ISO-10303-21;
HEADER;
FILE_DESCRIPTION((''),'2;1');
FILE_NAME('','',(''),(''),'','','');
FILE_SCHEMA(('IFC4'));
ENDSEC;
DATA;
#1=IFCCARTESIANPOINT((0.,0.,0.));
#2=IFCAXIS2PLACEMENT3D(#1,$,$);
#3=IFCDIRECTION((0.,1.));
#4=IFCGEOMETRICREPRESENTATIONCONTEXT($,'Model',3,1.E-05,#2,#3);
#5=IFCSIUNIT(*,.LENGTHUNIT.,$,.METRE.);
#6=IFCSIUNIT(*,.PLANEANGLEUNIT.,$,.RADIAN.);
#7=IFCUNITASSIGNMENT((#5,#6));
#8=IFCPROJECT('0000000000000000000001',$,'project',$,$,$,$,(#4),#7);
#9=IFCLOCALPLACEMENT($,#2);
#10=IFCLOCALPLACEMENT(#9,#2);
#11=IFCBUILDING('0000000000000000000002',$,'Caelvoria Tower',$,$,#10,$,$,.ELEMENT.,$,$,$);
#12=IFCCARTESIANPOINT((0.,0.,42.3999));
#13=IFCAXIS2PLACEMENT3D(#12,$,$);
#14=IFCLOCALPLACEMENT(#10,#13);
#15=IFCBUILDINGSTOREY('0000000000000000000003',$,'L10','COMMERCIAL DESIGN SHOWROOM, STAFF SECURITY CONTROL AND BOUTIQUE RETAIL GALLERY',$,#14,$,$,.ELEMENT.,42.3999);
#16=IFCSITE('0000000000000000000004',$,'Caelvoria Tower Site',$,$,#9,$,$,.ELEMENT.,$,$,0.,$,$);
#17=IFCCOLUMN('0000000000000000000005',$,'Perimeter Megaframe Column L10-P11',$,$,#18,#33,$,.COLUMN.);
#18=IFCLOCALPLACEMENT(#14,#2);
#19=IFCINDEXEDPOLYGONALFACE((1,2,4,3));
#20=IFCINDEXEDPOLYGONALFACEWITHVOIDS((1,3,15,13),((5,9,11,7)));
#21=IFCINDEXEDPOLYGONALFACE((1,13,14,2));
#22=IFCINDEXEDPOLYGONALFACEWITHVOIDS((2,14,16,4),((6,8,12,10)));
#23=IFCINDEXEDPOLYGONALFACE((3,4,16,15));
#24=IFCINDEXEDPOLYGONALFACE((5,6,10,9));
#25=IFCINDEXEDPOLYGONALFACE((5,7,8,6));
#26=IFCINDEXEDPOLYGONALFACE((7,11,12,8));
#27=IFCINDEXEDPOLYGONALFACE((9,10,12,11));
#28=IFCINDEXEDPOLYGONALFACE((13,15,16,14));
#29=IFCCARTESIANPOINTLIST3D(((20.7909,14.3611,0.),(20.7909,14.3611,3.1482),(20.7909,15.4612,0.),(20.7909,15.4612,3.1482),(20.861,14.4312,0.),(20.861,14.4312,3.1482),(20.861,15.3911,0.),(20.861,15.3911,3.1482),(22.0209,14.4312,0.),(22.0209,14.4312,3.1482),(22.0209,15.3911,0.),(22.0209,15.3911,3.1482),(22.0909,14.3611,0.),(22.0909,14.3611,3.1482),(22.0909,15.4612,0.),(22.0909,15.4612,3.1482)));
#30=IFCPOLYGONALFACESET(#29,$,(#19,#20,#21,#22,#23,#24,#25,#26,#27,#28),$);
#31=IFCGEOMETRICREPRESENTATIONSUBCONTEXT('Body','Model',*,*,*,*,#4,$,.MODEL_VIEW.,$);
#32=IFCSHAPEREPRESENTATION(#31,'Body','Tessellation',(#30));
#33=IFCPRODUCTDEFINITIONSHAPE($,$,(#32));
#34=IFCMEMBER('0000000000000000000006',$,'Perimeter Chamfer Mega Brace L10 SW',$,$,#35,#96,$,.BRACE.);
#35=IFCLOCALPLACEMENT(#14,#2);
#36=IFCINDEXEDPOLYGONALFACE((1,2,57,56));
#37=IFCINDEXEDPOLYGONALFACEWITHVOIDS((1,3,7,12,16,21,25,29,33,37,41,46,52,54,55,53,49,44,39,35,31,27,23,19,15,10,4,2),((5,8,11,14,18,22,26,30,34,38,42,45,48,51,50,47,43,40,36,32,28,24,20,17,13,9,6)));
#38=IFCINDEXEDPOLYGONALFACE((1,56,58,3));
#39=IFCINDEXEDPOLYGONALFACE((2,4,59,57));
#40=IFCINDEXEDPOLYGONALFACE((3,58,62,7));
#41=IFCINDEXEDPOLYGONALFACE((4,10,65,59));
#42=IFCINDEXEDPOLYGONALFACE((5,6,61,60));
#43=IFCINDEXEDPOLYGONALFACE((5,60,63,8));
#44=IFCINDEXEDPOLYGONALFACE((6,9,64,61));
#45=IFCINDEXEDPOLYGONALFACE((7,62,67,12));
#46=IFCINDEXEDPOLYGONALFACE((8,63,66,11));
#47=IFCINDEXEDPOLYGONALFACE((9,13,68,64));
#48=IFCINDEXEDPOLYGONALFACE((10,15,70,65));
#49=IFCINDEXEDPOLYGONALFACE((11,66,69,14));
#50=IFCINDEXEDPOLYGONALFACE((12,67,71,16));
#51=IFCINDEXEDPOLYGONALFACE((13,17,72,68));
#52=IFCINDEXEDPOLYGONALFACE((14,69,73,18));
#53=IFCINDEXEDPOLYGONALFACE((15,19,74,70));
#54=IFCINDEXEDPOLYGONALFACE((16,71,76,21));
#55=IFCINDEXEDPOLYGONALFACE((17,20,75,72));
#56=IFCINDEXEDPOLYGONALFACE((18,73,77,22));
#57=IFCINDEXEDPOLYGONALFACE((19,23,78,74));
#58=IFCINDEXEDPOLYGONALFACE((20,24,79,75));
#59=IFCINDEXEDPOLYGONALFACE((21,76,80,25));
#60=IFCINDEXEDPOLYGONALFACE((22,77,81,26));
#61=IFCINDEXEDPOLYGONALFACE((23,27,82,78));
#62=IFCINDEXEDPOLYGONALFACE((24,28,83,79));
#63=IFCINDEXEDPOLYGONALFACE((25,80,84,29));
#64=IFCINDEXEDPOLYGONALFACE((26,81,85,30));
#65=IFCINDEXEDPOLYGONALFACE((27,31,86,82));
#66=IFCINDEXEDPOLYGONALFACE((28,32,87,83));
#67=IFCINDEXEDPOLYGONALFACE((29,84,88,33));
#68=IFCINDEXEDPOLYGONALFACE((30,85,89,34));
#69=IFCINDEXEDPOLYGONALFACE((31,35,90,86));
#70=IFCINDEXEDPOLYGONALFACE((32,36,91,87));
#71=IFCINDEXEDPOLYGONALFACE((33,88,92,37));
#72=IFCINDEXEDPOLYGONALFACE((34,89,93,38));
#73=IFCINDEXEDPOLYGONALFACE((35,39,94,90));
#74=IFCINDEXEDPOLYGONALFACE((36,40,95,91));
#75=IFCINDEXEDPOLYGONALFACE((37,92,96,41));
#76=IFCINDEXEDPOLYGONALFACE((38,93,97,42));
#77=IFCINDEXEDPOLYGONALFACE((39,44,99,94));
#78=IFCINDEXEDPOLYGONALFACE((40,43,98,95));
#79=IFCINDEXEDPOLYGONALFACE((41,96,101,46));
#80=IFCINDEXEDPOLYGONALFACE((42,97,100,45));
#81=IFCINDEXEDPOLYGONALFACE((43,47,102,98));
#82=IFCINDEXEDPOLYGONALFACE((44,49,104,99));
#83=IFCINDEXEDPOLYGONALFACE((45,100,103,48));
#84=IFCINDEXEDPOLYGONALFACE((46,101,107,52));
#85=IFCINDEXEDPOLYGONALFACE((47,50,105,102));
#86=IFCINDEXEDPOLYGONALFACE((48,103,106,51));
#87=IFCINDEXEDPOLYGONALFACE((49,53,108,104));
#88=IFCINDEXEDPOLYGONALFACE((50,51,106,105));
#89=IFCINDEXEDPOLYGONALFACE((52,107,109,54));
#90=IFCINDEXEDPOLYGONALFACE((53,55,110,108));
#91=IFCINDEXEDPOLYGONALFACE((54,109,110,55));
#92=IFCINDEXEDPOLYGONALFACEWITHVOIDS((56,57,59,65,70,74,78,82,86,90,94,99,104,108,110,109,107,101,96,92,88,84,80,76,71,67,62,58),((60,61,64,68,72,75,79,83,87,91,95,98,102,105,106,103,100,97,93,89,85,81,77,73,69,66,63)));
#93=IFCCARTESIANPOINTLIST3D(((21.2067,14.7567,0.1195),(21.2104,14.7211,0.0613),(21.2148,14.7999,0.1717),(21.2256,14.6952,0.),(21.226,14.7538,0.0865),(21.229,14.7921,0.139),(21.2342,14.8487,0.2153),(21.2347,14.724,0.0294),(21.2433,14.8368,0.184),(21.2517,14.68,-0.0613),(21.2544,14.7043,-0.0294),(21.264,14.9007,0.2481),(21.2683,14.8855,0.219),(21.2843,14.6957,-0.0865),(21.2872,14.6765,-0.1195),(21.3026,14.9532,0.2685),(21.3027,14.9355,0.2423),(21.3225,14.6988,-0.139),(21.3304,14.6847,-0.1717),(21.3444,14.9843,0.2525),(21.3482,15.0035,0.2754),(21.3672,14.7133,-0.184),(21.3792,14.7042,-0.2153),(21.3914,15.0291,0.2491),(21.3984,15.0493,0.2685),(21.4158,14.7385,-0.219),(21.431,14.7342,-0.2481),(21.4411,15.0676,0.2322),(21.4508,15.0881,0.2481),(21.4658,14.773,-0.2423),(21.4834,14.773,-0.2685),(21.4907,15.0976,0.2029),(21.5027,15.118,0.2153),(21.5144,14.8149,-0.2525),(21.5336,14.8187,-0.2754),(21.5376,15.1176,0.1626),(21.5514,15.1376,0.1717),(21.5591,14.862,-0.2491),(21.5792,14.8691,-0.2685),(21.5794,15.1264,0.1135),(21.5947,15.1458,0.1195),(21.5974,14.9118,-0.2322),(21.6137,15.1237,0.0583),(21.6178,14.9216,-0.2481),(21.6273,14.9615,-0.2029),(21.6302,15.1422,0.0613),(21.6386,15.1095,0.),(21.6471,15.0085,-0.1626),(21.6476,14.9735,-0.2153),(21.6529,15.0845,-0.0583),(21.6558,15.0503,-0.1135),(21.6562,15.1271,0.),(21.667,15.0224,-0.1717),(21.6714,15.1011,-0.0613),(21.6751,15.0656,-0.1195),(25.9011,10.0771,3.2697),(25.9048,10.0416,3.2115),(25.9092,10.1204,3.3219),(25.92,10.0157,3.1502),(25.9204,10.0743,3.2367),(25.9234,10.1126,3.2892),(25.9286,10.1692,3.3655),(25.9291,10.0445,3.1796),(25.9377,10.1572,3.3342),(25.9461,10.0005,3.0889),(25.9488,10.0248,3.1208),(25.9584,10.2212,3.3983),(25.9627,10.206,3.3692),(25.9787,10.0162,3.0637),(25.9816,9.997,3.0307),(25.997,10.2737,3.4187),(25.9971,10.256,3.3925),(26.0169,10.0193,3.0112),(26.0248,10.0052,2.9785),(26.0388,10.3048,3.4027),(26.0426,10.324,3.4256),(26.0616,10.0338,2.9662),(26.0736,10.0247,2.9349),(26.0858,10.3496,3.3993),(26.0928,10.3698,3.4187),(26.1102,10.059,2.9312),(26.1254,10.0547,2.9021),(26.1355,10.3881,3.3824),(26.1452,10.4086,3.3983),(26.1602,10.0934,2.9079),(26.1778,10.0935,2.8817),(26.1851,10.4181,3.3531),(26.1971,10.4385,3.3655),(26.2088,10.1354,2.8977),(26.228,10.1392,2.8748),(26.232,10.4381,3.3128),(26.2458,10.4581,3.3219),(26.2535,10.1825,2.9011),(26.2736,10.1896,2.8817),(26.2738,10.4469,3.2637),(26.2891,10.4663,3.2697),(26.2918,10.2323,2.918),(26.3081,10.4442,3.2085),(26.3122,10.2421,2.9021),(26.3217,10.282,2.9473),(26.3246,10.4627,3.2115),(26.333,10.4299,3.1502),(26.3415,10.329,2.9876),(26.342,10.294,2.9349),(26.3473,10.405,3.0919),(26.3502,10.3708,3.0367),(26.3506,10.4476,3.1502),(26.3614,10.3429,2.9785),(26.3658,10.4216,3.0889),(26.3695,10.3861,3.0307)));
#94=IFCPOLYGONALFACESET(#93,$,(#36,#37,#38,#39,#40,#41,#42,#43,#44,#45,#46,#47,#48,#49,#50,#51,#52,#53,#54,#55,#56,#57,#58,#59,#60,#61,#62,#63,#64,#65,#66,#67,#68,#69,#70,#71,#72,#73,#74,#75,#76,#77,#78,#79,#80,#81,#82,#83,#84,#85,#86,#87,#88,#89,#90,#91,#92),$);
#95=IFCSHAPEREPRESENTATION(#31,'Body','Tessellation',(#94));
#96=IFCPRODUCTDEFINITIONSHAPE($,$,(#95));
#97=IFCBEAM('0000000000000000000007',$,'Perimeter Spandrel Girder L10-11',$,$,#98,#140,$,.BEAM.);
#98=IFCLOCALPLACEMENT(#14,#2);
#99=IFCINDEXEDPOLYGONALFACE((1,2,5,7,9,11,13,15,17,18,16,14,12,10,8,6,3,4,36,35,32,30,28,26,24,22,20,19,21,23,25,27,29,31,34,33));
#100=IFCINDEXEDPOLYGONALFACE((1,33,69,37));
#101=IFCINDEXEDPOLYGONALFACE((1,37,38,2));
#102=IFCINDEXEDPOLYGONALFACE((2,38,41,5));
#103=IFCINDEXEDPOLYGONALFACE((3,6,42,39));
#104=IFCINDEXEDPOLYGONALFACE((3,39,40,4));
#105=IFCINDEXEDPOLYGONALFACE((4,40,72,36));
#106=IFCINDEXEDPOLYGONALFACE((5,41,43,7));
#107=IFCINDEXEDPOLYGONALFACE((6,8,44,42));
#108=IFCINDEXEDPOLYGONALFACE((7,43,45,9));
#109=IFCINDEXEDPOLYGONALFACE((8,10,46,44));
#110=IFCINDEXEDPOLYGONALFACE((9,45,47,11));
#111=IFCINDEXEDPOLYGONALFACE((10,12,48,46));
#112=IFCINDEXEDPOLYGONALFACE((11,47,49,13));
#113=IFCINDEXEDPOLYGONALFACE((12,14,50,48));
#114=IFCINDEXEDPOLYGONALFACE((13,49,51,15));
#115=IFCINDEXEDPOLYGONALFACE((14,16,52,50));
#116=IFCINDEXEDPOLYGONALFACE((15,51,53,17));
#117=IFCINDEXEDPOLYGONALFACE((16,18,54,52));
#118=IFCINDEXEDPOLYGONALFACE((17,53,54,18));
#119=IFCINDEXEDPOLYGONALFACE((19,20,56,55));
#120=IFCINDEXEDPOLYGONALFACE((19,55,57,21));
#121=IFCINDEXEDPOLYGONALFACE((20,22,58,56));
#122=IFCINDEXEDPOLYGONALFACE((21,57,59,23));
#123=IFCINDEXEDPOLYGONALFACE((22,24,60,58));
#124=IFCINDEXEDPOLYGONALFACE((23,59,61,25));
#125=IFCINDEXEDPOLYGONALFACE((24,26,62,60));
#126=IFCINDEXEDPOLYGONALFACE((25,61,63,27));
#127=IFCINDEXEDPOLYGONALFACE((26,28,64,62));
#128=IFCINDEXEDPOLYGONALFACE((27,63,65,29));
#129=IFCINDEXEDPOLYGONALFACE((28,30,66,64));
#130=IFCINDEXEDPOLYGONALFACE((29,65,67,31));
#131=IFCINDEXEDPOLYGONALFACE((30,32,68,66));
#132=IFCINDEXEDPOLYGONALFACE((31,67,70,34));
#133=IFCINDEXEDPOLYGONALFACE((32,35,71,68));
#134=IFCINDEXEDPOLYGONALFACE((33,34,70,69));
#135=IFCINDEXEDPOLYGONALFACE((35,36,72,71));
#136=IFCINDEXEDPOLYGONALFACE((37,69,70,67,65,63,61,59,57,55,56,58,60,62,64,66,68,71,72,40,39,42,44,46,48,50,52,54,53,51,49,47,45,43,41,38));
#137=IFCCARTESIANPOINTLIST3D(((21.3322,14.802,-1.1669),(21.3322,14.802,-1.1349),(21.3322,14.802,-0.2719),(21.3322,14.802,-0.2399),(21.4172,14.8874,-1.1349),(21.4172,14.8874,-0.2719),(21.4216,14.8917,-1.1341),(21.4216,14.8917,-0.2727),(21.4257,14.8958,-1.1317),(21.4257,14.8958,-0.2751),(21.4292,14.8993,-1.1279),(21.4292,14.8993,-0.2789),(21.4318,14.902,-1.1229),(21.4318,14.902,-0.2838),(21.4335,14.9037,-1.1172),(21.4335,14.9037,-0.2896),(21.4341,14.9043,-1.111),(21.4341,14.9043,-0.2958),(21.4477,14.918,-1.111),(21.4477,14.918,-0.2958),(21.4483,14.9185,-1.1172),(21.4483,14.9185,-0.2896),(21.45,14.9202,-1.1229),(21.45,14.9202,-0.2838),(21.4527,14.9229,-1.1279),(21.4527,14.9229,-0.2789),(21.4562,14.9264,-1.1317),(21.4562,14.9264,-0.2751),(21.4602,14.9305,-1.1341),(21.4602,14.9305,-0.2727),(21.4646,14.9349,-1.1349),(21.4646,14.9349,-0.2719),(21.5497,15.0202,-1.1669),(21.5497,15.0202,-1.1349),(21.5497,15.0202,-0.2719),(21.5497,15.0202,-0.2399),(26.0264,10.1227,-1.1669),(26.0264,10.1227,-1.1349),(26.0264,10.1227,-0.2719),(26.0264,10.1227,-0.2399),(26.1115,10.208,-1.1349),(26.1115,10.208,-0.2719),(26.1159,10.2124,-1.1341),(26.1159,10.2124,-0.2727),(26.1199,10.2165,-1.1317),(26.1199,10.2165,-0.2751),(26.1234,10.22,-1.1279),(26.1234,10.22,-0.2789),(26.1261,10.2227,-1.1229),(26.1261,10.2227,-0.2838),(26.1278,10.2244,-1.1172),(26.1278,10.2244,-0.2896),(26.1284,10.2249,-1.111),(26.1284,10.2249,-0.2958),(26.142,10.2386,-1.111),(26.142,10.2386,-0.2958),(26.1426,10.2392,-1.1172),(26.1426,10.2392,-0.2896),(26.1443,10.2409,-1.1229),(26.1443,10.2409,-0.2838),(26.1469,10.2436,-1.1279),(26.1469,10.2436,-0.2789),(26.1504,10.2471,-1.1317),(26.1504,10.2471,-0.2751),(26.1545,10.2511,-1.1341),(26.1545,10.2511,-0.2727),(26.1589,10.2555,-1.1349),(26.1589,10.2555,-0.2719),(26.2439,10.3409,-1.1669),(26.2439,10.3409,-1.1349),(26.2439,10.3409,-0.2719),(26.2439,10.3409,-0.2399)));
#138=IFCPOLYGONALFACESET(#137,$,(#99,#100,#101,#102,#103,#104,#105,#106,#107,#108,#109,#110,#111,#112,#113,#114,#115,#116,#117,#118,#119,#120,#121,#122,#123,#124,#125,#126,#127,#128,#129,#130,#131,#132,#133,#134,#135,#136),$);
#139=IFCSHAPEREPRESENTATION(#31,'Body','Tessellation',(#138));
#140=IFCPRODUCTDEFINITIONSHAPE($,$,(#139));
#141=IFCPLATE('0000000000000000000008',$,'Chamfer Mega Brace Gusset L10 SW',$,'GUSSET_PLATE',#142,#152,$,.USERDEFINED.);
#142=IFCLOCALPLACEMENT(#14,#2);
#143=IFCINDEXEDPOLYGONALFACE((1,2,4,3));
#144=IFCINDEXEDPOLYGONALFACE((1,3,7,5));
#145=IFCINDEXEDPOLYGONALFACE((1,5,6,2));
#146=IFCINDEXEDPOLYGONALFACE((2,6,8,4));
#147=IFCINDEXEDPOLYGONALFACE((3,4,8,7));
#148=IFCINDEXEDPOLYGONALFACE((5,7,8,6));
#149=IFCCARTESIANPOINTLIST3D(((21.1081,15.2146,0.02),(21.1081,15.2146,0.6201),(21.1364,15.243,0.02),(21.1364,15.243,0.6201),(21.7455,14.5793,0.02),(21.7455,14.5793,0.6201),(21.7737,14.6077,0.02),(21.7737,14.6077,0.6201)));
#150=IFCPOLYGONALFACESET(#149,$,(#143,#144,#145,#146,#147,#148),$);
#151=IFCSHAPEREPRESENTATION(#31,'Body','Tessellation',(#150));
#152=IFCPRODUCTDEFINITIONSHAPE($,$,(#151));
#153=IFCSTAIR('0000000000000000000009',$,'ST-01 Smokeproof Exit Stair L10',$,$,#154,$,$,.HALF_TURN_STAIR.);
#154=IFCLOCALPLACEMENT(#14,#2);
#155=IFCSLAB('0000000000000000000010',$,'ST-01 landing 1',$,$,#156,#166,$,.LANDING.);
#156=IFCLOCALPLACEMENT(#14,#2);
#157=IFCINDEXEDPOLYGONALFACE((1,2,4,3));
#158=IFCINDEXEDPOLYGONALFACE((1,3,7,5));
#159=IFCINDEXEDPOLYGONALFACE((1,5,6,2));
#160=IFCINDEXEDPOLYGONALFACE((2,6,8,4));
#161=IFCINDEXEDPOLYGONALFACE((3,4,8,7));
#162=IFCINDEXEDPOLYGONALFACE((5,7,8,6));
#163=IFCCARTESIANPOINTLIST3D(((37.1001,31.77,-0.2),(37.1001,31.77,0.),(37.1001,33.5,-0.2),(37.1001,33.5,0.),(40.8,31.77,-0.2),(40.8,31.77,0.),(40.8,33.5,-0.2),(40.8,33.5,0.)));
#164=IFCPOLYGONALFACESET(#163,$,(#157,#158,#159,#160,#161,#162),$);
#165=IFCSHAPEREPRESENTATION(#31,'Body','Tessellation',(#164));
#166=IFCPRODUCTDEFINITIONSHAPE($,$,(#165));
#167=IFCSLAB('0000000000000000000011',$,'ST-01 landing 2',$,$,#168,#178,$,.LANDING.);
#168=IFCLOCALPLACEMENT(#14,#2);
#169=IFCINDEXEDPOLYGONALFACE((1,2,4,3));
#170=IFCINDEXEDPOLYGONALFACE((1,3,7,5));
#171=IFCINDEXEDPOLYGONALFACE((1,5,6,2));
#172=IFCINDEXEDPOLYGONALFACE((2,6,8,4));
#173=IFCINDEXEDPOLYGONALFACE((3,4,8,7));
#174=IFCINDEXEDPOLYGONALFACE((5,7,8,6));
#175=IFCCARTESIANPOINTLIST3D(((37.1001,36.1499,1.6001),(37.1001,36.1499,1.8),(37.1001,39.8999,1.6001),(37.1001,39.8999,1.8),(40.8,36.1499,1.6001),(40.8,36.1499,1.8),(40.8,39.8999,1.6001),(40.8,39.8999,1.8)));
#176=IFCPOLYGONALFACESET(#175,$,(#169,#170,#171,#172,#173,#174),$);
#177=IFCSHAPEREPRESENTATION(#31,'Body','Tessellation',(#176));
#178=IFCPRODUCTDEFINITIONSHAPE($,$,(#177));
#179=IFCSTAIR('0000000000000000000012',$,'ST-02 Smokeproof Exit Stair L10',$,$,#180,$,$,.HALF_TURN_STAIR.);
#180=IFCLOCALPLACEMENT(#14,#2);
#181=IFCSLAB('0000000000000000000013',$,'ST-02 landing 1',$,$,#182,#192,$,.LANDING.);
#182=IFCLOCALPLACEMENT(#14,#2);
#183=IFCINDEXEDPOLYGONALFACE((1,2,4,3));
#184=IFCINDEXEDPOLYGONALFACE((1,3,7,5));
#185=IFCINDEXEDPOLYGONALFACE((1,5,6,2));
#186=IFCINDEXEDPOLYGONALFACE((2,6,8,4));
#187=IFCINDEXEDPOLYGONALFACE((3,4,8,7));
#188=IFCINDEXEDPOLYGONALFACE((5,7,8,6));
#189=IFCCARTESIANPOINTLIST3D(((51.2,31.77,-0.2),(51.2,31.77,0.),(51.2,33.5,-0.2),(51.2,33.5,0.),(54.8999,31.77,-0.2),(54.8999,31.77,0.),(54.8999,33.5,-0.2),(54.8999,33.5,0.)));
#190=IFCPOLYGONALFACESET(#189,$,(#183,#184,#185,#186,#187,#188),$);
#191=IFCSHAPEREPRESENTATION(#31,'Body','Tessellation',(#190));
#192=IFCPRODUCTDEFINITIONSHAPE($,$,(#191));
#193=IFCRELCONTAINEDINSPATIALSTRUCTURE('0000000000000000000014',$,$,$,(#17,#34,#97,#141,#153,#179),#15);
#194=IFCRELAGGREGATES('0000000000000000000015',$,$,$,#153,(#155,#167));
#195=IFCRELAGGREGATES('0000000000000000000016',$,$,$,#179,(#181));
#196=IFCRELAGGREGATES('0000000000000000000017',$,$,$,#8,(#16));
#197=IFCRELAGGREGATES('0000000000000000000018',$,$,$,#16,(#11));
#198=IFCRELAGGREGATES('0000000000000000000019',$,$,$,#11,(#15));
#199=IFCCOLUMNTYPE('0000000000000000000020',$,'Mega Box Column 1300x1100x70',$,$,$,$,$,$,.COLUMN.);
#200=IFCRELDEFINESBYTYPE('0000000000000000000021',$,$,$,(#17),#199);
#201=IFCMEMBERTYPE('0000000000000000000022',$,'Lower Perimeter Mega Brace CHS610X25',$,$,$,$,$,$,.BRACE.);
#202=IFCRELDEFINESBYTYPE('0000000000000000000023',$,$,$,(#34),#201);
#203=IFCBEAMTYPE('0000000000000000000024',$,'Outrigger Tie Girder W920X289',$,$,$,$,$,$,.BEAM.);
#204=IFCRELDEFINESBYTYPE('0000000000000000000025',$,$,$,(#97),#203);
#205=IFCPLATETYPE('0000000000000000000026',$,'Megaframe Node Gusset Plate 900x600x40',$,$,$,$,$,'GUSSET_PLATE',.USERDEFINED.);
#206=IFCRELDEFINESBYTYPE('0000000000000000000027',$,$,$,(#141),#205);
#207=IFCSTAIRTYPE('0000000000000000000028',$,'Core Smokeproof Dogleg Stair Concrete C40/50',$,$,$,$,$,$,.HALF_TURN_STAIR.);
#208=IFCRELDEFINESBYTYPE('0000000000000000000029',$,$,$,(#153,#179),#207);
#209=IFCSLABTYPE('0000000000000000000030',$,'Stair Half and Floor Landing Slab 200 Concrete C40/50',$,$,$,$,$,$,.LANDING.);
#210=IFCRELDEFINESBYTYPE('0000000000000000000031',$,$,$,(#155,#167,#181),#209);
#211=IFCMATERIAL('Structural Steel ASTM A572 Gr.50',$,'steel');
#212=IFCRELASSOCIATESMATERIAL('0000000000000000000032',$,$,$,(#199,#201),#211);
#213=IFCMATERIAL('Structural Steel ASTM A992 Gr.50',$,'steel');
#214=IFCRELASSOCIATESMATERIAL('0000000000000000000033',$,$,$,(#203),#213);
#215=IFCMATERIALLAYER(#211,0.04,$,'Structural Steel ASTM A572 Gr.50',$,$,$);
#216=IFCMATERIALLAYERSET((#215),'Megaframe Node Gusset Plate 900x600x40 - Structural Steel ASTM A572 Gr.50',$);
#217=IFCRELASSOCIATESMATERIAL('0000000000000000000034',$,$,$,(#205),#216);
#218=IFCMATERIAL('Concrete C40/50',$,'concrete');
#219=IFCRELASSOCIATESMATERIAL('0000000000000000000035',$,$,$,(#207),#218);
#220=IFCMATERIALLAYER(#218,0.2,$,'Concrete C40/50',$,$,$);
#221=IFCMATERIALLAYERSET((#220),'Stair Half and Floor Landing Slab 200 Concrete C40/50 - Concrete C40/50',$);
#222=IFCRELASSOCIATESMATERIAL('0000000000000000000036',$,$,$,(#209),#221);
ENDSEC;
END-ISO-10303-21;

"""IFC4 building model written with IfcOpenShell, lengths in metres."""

from ifc_helpers import new_model, si_unit, direction, frame, origin, origin_2d, place, context, subcontext, project, spatial, polyline, rectangle, hollow_rectangle, hollow_circle, i_section, outline, extrude, material, layer, layer_set, material_profile, profile_set, type_object, element, aggregate, save


model = new_model("IFC4")

# Units and contexts
model_context = context("Model", 3, precision=1e-05, world=origin(), true_north=direction((0.0, 1.0)))
body_context = subcontext(model_context, "Body", "Model", "MODEL_VIEW")
ifc_project = project(units=[si_unit("LENGTHUNIT", "METRE"), si_unit("PLANEANGLEUNIT", "RADIAN")], contexts=[model_context])

# Site, building, storey
site_placement = place(None, origin())
site = spatial("IfcSite", under=ifc_project, at=site_placement, Name="Caelvoria Tower Site", CompositionType="ELEMENT", RefElevation=0.0)
building_placement = place(site_placement, origin())
building = spatial("IfcBuilding", under=site, at=building_placement, Name="Caelvoria Tower", CompositionType="ELEMENT")
storey_placement = place(building_placement, frame((0.0, 0.0, 42.3999)))
storey = spatial("IfcBuildingStorey", under=building, at=storey_placement, Name="L10", Description="COMMERCIAL DESIGN SHOWROOM, STAFF SECURITY CONTROL AND BOUTIQUE RETAIL GALLERY", CompositionType="ELEMENT", Elevation=42.3999)

# Column
ifc_material_1 = material(Name="Structural Steel ASTM A572 Gr.50", Category="steel")
ifc_material_profile_1 = material_profile(ifc_material_1, hollow_rectangle(XDim=1.1001, YDim=1.3, WallThickness=0.0701, at=origin_2d()), Name="Structural Steel ASTM A572 Gr.50")
ifc_profile_set_1 = profile_set([ifc_material_profile_1], Name="BOX1300X1100X70 - Structural Steel ASTM A572 Gr.50")
column_type = type_object("IfcColumnType", Name="Mega Box Column 1300x1100x70", PredefinedType="COLUMN", material=ifc_profile_set_1)
column_placement = place(storey_placement, frame((21.4409, 14.9111, 0.0), z_axis=(0.0, 0.0, 1.0), x_axis=(0.0, 1.0, 0.0)))
element("IfcColumn", 1, at=column_placement, inside=storey, type_object=column_type, Name="Perimeter Megaframe Column L10-P11", PredefinedType="COLUMN", context=body_context, shape_type="SweptSolid", body=[
    extrude(hollow_rectangle(XDim=1.1001, YDim=1.3, WallThickness=0.0701, at=origin_2d()), origin(), (0.0, 0.0, 1.0), 3.1482),
])

# Member
ifc_material_profile_2 = material_profile(ifc_material_1, hollow_circle(Radius=0.3049, WallThickness=0.0249, at=origin_2d()), Name="Structural Steel ASTM A572 Gr.50")
ifc_profile_set_2 = profile_set([ifc_material_profile_2], Name="CHS610X25 - Structural Steel ASTM A572 Gr.50")
member_type = type_object("IfcMemberType", Name="Lower Perimeter Mega Brace CHS610X25", PredefinedType="BRACE", material=ifc_profile_set_2)
member_placement = place(storey_placement, frame((21.4409, 14.9111, 0.0), z_axis=(0.639663, -0.637634, 0.429248), x_axis=(0.705982, 0.708229, 0.0)))
element("IfcMember", 2, at=member_placement, inside=storey, type_object=member_type, Name="Perimeter Chamfer Mega Brace L10 SW", PredefinedType="BRACE", context=body_context, shape_type="SweptSolid", body=[
    extrude(hollow_circle(Radius=0.3049, WallThickness=0.0249, at=origin_2d()), origin(), (0.0, 0.0, 1.0), 7.3389),
])

# Beam
ifc_material_2 = material(Name="Structural Steel ASTM A992 Gr.50", Category="steel")
ifc_material_profile_3 = material_profile(ifc_material_2, i_section(OverallWidth=0.3081, OverallDepth=0.927, WebThickness=0.0193, FlangeThickness=0.032, FilletRadius=0.0239, at=origin_2d()), Name="Structural Steel ASTM A992 Gr.50")
ifc_profile_set_3 = profile_set([ifc_material_profile_3], Name="W920X289 - Structural Steel ASTM A992 Gr.50")
beam_type = type_object("IfcBeamType", Name="Outrigger Tie Girder W920X289", PredefinedType="BEAM", material=ifc_profile_set_3)
beam_placement = place(storey_placement, frame((21.4409, 14.9111, -0.7034), z_axis=(0.708229, -0.705982, 0.0), x_axis=(0.705982, 0.708229, 0.0)))
element("IfcBeam", 3, at=beam_placement, inside=storey, type_object=beam_type, Name="Perimeter Spandrel Girder L10-11", PredefinedType="BEAM", context=body_context, shape_type="SweptSolid", body=[
    extrude(i_section(OverallWidth=0.3081, OverallDepth=0.927, WebThickness=0.0193, FlangeThickness=0.032, FilletRadius=0.0239, at=origin_2d()), origin(), (0.0, 0.0, 1.0), 6.6282),
])

# Plate
ifc_layer_1 = layer(ifc_material_1, 0.04, Name="Structural Steel ASTM A572 Gr.50")
ifc_layer_set_1 = layer_set([ifc_layer_1], Name="Megaframe Node Gusset Plate 900x600x40 - Structural Steel ASTM A572 Gr.50")
plate_type = type_object("IfcPlateType", Name="Megaframe Node Gusset Plate 900x600x40", ElementType="GUSSET_PLATE", PredefinedType="USERDEFINED", material=ifc_layer_set_1)
plate_placement = place(storey_placement, frame((21.4409, 14.9111, 0.02), z_axis=(0.0, 0.0, 1.0), x_axis=(0.70823, -0.705982, 0.0)))
element("IfcPlate", 4, at=plate_placement, inside=storey, type_object=plate_type, Name="Chamfer Mega Brace Gusset L10 SW", ObjectType="GUSSET_PLATE", PredefinedType="USERDEFINED", context=body_context, shape_type="SweptSolid", body=[
    extrude(rectangle(XDim=0.8999, YDim=0.04, at=origin_2d()), origin(), (0.0, 0.0, 1.0), 0.6001),
])

# Stairs, slabs
ifc_material_3 = material(Name="Concrete C40/50", Category="concrete")
stair_type = type_object("IfcStairType", Name="Core Smokeproof Dogleg Stair Concrete C40/50", PredefinedType="HALF_TURN_STAIR", material=ifc_material_3)
stair_1_placement = place(storey_placement, origin())
stair_1 = element("IfcStair", 5, at=stair_1_placement, inside=storey, type_object=stair_type, Name="ST-01 Smokeproof Exit Stair L10", PredefinedType="HALF_TURN_STAIR")
ifc_layer_2 = layer(ifc_material_3, 0.2, Name="Concrete C40/50")
ifc_layer_set_2 = layer_set([ifc_layer_2], Name="Stair Half and Floor Landing Slab 200 Concrete C40/50 - Concrete C40/50")
slab_type_1 = type_object("IfcSlabType", Name="Stair Half and Floor Landing Slab 200 Concrete C40/50", PredefinedType="LANDING", material=ifc_layer_set_2)
slab_1_placement = place(storey_placement, frame((0.0, 0.0, -0.2)))
slab_1 = element("IfcSlab", 6, at=slab_1_placement, type_object=slab_type_1, Name="ST-01 landing 1", PredefinedType="LANDING", context=body_context, shape_type="SweptSolid", body=[
    extrude(outline(polyline([(37.1001, 31.77), (40.8, 31.77), (40.8, 33.5), (37.1001, 33.5), (37.1001, 31.77)])), origin(), (0.0, 0.0, 1.0), 0.2),
])
slab_2_placement = place(storey_placement, frame((0.0, 0.0, 1.6001)))
slab_2 = element("IfcSlab", 7, at=slab_2_placement, type_object=slab_type_1, Name="ST-01 landing 2", PredefinedType="LANDING", context=body_context, shape_type="SweptSolid", body=[
    extrude(outline(polyline([(37.1001, 36.1499), (40.8, 36.1499), (40.8, 39.8999), (37.1001, 39.8999), (37.1001, 36.1499)])), origin(), (0.0, 0.0, 1.0), 0.2),
])
aggregate(stair_1, [slab_1, slab_2])
stair_2_placement = place(storey_placement, origin())
stair_2 = element("IfcStair", 8, at=stair_2_placement, inside=storey, type_object=stair_type, Name="ST-02 Smokeproof Exit Stair L10", PredefinedType="HALF_TURN_STAIR")
slab_3_placement = place(storey_placement, frame((0.0, 0.0, -0.2)))
slab_3 = element("IfcSlab", 9, at=slab_3_placement, type_object=slab_type_1, Name="ST-02 landing 1", PredefinedType="LANDING", context=body_context, shape_type="SweptSolid", body=[
    extrude(outline(polyline([(51.2, 31.77), (54.8999, 31.77), (54.8999, 33.5), (51.2, 33.5), (51.2, 31.77)])), origin(), (0.0, 0.0, 1.0), 0.2),
])
aggregate(stair_2, [slab_3])

save(model, "model.ifc")
